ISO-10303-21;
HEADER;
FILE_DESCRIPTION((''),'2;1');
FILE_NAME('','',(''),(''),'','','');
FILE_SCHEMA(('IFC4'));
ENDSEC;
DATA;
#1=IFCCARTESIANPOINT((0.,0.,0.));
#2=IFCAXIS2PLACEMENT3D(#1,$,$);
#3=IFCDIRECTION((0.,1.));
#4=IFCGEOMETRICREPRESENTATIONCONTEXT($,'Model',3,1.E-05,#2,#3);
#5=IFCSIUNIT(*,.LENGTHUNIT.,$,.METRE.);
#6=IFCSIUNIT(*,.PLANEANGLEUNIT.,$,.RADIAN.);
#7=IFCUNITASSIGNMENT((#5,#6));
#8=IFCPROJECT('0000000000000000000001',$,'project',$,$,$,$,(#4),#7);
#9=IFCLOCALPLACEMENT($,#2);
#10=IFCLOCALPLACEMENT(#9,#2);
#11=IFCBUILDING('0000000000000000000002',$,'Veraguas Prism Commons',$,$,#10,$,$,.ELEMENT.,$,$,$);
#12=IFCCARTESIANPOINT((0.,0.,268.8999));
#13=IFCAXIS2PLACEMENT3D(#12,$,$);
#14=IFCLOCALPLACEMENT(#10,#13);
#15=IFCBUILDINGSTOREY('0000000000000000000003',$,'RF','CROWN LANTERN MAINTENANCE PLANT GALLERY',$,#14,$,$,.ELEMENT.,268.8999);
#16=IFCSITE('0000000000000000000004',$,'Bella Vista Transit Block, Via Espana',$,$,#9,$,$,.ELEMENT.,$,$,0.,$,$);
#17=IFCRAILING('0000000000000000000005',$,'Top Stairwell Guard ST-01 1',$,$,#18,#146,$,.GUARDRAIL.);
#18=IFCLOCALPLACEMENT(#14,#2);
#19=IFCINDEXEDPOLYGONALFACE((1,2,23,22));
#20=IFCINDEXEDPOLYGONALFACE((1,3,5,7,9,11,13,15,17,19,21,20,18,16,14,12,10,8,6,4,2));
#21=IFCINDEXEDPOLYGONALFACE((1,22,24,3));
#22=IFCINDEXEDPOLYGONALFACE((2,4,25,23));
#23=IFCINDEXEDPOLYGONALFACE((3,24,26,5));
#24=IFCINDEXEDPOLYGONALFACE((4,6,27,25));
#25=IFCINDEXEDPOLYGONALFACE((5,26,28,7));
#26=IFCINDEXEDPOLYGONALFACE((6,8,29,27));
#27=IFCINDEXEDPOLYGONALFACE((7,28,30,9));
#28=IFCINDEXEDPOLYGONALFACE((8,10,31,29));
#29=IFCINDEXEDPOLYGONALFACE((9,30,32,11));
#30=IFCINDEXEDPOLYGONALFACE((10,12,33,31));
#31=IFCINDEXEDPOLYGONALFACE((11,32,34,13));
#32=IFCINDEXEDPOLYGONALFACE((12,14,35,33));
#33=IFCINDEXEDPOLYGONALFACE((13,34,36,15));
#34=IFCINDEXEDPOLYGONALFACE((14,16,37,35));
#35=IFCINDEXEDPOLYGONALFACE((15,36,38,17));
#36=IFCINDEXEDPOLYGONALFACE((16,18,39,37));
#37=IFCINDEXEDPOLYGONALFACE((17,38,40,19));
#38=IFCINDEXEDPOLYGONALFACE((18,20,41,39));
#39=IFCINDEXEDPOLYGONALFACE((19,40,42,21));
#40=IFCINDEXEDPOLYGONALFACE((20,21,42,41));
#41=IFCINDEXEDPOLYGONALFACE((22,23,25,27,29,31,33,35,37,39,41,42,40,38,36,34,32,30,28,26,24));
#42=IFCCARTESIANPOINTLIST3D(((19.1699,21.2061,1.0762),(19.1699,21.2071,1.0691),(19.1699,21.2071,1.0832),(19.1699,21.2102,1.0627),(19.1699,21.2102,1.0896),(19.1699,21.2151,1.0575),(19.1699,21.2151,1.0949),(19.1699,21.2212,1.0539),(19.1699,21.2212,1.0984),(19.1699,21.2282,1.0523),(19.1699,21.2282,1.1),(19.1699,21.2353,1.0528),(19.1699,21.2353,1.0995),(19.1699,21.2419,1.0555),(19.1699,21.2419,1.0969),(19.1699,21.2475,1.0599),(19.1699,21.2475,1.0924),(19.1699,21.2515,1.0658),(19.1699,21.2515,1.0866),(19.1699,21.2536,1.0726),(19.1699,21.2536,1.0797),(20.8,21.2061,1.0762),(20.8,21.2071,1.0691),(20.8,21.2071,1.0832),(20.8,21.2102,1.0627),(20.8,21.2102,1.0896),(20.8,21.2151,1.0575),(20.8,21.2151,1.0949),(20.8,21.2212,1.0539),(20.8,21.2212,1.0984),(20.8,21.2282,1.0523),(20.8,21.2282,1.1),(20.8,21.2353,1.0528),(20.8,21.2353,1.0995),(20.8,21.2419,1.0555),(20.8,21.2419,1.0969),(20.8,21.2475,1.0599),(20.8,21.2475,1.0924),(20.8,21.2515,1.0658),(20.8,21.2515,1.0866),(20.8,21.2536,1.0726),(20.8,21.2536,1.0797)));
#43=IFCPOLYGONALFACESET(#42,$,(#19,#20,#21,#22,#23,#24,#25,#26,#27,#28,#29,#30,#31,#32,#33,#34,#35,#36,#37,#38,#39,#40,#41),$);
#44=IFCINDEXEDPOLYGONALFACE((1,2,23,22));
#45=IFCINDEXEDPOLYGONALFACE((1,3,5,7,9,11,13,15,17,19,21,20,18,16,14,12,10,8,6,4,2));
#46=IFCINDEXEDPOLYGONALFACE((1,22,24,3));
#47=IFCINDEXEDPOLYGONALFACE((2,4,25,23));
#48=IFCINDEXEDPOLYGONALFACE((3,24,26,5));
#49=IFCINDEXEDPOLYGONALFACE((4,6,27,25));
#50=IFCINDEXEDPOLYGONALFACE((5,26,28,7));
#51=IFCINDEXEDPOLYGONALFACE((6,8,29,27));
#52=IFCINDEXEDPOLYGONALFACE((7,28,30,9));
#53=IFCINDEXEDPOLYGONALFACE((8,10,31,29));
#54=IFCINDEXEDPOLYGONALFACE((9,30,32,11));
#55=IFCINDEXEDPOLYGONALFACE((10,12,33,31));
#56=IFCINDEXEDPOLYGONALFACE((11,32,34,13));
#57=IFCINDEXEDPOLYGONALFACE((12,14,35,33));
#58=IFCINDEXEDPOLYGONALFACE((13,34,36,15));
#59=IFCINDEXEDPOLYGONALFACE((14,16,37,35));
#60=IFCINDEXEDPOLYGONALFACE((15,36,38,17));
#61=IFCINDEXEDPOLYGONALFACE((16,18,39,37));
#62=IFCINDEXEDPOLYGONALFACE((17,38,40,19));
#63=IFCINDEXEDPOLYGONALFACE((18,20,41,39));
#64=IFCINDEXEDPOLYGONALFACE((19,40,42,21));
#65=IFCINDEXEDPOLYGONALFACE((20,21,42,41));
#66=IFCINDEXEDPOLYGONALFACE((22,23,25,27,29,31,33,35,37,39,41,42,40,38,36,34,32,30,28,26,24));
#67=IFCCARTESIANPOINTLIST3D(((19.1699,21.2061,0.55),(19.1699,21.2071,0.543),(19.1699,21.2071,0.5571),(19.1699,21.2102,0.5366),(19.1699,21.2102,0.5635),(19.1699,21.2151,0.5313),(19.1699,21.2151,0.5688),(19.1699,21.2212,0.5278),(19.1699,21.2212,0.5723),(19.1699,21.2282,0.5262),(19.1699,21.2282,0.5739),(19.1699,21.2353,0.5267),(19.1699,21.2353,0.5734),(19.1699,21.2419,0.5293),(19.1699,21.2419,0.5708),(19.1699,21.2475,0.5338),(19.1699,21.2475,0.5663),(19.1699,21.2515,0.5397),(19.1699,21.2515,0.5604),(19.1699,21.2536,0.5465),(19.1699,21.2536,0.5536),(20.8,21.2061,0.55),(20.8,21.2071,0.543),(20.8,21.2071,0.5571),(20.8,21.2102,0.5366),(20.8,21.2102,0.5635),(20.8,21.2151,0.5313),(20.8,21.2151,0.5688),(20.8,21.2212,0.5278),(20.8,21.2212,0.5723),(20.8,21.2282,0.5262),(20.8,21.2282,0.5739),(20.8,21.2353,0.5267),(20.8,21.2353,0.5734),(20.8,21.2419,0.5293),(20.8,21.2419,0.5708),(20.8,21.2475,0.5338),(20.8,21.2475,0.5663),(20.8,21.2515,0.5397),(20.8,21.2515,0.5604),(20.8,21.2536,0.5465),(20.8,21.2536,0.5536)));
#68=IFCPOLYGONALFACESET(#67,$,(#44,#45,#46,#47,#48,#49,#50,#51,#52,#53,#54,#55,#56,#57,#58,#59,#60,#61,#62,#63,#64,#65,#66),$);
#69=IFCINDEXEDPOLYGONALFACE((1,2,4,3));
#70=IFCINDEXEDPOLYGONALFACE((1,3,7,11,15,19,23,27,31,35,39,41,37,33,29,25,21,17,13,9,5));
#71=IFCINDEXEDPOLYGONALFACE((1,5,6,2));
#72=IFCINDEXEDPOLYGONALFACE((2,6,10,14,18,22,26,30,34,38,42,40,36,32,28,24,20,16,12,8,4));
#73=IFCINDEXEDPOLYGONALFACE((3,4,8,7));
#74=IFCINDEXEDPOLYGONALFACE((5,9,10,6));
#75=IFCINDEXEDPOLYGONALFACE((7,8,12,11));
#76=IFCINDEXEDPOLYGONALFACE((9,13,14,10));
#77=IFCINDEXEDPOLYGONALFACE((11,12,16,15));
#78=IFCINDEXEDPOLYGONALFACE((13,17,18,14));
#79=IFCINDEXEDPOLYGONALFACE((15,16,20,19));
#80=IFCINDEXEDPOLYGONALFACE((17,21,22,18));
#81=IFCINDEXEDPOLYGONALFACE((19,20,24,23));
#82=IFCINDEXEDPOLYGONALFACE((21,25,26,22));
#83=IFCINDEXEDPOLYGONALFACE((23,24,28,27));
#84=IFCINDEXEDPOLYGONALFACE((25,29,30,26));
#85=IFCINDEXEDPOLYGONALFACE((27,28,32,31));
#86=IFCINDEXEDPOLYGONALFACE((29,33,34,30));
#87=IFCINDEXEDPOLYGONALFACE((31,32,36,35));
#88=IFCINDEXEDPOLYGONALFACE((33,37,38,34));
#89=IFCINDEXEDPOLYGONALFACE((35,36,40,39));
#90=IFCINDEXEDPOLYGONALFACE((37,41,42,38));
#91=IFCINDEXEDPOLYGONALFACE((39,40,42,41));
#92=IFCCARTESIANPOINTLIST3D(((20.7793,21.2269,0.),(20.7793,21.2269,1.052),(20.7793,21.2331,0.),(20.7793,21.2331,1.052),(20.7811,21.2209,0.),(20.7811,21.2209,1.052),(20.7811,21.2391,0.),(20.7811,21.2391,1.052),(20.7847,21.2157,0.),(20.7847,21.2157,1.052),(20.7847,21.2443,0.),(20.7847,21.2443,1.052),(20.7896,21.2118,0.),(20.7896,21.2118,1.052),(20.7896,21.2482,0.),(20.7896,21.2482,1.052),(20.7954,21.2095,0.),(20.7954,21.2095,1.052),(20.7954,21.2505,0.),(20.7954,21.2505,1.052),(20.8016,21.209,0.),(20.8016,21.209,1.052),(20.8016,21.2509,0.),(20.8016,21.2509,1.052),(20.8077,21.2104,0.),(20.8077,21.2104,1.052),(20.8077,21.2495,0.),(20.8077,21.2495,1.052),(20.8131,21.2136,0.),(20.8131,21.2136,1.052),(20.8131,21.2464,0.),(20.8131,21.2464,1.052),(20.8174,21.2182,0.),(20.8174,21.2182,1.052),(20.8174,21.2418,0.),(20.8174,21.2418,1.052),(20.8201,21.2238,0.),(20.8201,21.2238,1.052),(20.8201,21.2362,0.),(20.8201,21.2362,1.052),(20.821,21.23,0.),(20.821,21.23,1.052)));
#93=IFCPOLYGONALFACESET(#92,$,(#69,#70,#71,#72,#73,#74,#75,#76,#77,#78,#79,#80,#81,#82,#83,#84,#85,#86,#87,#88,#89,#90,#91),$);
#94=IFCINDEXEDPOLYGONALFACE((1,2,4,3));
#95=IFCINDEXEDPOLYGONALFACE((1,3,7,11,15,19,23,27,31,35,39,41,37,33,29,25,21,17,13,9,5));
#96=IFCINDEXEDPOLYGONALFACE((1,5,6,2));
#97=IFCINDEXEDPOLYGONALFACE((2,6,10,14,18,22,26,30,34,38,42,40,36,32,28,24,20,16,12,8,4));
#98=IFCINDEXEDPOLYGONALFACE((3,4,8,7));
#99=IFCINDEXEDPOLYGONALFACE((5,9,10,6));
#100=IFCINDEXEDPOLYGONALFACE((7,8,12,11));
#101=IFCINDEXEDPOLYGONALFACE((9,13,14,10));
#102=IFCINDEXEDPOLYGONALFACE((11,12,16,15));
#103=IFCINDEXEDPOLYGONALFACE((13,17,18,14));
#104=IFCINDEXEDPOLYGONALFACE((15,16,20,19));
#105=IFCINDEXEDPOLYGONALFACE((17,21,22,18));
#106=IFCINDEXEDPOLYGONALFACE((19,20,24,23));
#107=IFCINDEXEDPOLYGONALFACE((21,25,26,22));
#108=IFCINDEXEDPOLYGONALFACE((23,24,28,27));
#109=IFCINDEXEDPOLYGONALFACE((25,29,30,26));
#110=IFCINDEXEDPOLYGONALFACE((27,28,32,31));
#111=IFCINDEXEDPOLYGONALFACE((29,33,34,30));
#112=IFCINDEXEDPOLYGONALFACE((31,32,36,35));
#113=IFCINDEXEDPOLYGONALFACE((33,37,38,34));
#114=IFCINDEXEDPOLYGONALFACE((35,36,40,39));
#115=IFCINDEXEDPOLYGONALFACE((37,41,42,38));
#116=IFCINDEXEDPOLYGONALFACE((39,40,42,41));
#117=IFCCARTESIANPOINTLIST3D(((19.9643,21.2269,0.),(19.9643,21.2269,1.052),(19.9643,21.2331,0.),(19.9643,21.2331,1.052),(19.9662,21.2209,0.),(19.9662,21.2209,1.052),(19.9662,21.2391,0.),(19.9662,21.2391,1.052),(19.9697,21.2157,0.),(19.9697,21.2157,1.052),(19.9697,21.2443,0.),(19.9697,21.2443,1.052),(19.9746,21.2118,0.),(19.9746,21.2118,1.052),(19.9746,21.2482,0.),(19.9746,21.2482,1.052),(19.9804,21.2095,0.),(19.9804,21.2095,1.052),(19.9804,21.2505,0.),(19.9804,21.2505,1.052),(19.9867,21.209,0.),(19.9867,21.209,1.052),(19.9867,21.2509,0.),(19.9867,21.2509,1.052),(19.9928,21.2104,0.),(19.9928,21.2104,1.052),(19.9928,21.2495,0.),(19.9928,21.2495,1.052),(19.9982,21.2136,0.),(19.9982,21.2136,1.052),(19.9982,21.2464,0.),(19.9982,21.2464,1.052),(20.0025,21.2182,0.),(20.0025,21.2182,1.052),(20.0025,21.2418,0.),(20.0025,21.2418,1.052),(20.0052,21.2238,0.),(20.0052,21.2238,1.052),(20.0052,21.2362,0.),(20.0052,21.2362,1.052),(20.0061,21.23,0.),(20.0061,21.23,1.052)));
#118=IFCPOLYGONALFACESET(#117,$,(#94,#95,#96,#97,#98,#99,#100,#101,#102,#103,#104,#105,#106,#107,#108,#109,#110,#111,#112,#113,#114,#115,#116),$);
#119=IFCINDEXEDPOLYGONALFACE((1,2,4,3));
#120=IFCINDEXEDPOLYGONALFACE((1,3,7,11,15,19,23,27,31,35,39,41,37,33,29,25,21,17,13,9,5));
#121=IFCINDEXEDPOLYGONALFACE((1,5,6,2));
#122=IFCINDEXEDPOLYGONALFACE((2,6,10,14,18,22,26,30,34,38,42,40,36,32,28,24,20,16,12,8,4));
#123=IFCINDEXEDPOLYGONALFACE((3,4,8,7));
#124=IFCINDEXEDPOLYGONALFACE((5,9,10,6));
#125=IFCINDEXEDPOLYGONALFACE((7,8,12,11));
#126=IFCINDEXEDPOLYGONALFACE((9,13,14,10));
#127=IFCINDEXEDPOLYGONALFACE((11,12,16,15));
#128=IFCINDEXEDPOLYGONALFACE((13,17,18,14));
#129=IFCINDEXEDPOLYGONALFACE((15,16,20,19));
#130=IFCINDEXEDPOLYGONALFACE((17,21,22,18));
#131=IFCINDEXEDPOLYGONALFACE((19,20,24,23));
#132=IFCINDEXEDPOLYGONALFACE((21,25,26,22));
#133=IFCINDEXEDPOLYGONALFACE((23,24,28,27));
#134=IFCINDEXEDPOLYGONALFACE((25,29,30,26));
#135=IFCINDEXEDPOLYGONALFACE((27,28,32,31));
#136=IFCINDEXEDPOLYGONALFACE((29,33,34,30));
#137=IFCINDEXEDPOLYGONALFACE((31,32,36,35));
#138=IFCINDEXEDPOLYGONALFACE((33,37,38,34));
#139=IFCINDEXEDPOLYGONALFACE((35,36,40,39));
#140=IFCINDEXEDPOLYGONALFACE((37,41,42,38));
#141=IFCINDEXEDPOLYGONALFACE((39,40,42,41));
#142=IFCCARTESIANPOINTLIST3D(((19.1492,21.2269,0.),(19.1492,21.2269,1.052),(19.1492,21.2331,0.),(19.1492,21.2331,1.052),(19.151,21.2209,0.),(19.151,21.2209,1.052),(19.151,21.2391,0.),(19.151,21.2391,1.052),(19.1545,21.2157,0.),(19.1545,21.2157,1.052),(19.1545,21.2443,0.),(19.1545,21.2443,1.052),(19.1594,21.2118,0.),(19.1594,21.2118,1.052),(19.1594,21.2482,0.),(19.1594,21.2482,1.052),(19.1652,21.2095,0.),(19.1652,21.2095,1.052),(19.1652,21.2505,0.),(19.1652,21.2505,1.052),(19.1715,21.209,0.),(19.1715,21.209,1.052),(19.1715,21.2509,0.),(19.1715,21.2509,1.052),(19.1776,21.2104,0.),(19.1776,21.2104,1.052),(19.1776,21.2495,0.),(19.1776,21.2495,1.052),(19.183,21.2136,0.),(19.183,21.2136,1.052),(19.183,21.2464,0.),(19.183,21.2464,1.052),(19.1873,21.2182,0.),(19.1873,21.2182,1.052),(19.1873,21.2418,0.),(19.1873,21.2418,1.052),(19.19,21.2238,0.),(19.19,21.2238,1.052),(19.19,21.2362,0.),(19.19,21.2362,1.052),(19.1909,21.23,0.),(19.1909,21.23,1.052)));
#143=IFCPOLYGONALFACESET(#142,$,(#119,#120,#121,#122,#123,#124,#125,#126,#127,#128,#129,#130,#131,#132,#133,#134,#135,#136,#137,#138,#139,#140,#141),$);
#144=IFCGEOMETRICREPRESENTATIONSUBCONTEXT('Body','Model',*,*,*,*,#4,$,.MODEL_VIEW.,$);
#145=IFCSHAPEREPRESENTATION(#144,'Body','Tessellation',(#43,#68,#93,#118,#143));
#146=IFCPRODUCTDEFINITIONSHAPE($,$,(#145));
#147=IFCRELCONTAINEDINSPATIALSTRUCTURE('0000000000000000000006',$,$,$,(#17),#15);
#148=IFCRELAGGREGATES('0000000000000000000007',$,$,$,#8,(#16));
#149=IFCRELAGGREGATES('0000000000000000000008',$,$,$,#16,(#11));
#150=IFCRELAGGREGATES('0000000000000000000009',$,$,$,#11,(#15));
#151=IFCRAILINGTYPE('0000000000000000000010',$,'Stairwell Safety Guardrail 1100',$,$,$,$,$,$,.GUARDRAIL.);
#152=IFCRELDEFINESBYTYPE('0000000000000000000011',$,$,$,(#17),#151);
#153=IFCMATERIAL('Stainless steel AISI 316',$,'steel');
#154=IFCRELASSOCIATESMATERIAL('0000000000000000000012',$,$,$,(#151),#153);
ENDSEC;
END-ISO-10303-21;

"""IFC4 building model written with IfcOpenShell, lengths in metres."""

from ifc_helpers import new_model, si_unit, direction, frame, origin, origin_2d, place, context, subcontext, project, spatial, circle, extrude, material, type_object, element, save


model = new_model("IFC4")

# Units and contexts
model_context = context("Model", 3, precision=1e-05, world=origin(), true_north=direction((0.0, 1.0)))
body_context = subcontext(model_context, "Body", "Model", "MODEL_VIEW")
ifc_project = project(units=[si_unit("LENGTHUNIT", "METRE"), si_unit("PLANEANGLEUNIT", "RADIAN")], contexts=[model_context])

# Site, building, storey
site_placement = place(None, origin())
site = spatial("IfcSite", under=ifc_project, at=site_placement, Name="Bella Vista Transit Block, Via Espana", CompositionType="ELEMENT", RefElevation=0.0)
building_placement = place(site_placement, origin())
building = spatial("IfcBuilding", under=site, at=building_placement, Name="Veraguas Prism Commons", CompositionType="ELEMENT")
storey_placement = place(building_placement, frame((0.0, 0.0, 268.8999)))
storey = spatial("IfcBuildingStorey", under=building, at=storey_placement, Name="RF", Description="CROWN LANTERN MAINTENANCE PLANT GALLERY", CompositionType="ELEMENT", Elevation=268.8999)

# Shared definitions
ifc_material_1 = material(Name="Stainless steel AISI 316", Category="steel")

# Railing
railing_type = type_object("IfcRailingType", Name="Stairwell Safety Guardrail 1100", PredefinedType="GUARDRAIL", material=ifc_material_1)
railing_placement = place(storey_placement, frame((20.8, 21.23, 0.0)))
element("IfcRailing", 1, at=railing_placement, inside=storey, type_object=railing_type, Name="Top Stairwell Guard ST-01 1", PredefinedType="GUARDRAIL", context=body_context, shape_type="SweptSolid", body=[
    extrude(circle(Radius=0.0239, at=origin_2d()), frame((0.0, 0.0, 1.0762), z_axis=(-1.0, 0.0, 0.0), x_axis=(0.0, -1.0, 0.0)), (0.0, 0.0, 1.0), 1.6301),
    extrude(circle(Radius=0.0239, at=origin_2d()), frame((0.0, 0.0, 0.55), z_axis=(-1.0, 0.0, 0.0), x_axis=(0.0, -1.0, 0.0)), (0.0, 0.0, 1.0), 1.6301),
    extrude(circle(Radius=0.021, at=origin_2d()), origin(), (0.0, 0.0, 1.0), 1.052),
    extrude(circle(Radius=0.021, at=origin_2d()), frame((-0.8149, 0.0, 0.0)), (0.0, 0.0, 1.0), 1.052),
    extrude(circle(Radius=0.021, at=origin_2d()), frame((-1.6301, 0.0, 0.0)), (0.0, 0.0, 1.0), 1.052),
])

save(model, "model.ifc")
